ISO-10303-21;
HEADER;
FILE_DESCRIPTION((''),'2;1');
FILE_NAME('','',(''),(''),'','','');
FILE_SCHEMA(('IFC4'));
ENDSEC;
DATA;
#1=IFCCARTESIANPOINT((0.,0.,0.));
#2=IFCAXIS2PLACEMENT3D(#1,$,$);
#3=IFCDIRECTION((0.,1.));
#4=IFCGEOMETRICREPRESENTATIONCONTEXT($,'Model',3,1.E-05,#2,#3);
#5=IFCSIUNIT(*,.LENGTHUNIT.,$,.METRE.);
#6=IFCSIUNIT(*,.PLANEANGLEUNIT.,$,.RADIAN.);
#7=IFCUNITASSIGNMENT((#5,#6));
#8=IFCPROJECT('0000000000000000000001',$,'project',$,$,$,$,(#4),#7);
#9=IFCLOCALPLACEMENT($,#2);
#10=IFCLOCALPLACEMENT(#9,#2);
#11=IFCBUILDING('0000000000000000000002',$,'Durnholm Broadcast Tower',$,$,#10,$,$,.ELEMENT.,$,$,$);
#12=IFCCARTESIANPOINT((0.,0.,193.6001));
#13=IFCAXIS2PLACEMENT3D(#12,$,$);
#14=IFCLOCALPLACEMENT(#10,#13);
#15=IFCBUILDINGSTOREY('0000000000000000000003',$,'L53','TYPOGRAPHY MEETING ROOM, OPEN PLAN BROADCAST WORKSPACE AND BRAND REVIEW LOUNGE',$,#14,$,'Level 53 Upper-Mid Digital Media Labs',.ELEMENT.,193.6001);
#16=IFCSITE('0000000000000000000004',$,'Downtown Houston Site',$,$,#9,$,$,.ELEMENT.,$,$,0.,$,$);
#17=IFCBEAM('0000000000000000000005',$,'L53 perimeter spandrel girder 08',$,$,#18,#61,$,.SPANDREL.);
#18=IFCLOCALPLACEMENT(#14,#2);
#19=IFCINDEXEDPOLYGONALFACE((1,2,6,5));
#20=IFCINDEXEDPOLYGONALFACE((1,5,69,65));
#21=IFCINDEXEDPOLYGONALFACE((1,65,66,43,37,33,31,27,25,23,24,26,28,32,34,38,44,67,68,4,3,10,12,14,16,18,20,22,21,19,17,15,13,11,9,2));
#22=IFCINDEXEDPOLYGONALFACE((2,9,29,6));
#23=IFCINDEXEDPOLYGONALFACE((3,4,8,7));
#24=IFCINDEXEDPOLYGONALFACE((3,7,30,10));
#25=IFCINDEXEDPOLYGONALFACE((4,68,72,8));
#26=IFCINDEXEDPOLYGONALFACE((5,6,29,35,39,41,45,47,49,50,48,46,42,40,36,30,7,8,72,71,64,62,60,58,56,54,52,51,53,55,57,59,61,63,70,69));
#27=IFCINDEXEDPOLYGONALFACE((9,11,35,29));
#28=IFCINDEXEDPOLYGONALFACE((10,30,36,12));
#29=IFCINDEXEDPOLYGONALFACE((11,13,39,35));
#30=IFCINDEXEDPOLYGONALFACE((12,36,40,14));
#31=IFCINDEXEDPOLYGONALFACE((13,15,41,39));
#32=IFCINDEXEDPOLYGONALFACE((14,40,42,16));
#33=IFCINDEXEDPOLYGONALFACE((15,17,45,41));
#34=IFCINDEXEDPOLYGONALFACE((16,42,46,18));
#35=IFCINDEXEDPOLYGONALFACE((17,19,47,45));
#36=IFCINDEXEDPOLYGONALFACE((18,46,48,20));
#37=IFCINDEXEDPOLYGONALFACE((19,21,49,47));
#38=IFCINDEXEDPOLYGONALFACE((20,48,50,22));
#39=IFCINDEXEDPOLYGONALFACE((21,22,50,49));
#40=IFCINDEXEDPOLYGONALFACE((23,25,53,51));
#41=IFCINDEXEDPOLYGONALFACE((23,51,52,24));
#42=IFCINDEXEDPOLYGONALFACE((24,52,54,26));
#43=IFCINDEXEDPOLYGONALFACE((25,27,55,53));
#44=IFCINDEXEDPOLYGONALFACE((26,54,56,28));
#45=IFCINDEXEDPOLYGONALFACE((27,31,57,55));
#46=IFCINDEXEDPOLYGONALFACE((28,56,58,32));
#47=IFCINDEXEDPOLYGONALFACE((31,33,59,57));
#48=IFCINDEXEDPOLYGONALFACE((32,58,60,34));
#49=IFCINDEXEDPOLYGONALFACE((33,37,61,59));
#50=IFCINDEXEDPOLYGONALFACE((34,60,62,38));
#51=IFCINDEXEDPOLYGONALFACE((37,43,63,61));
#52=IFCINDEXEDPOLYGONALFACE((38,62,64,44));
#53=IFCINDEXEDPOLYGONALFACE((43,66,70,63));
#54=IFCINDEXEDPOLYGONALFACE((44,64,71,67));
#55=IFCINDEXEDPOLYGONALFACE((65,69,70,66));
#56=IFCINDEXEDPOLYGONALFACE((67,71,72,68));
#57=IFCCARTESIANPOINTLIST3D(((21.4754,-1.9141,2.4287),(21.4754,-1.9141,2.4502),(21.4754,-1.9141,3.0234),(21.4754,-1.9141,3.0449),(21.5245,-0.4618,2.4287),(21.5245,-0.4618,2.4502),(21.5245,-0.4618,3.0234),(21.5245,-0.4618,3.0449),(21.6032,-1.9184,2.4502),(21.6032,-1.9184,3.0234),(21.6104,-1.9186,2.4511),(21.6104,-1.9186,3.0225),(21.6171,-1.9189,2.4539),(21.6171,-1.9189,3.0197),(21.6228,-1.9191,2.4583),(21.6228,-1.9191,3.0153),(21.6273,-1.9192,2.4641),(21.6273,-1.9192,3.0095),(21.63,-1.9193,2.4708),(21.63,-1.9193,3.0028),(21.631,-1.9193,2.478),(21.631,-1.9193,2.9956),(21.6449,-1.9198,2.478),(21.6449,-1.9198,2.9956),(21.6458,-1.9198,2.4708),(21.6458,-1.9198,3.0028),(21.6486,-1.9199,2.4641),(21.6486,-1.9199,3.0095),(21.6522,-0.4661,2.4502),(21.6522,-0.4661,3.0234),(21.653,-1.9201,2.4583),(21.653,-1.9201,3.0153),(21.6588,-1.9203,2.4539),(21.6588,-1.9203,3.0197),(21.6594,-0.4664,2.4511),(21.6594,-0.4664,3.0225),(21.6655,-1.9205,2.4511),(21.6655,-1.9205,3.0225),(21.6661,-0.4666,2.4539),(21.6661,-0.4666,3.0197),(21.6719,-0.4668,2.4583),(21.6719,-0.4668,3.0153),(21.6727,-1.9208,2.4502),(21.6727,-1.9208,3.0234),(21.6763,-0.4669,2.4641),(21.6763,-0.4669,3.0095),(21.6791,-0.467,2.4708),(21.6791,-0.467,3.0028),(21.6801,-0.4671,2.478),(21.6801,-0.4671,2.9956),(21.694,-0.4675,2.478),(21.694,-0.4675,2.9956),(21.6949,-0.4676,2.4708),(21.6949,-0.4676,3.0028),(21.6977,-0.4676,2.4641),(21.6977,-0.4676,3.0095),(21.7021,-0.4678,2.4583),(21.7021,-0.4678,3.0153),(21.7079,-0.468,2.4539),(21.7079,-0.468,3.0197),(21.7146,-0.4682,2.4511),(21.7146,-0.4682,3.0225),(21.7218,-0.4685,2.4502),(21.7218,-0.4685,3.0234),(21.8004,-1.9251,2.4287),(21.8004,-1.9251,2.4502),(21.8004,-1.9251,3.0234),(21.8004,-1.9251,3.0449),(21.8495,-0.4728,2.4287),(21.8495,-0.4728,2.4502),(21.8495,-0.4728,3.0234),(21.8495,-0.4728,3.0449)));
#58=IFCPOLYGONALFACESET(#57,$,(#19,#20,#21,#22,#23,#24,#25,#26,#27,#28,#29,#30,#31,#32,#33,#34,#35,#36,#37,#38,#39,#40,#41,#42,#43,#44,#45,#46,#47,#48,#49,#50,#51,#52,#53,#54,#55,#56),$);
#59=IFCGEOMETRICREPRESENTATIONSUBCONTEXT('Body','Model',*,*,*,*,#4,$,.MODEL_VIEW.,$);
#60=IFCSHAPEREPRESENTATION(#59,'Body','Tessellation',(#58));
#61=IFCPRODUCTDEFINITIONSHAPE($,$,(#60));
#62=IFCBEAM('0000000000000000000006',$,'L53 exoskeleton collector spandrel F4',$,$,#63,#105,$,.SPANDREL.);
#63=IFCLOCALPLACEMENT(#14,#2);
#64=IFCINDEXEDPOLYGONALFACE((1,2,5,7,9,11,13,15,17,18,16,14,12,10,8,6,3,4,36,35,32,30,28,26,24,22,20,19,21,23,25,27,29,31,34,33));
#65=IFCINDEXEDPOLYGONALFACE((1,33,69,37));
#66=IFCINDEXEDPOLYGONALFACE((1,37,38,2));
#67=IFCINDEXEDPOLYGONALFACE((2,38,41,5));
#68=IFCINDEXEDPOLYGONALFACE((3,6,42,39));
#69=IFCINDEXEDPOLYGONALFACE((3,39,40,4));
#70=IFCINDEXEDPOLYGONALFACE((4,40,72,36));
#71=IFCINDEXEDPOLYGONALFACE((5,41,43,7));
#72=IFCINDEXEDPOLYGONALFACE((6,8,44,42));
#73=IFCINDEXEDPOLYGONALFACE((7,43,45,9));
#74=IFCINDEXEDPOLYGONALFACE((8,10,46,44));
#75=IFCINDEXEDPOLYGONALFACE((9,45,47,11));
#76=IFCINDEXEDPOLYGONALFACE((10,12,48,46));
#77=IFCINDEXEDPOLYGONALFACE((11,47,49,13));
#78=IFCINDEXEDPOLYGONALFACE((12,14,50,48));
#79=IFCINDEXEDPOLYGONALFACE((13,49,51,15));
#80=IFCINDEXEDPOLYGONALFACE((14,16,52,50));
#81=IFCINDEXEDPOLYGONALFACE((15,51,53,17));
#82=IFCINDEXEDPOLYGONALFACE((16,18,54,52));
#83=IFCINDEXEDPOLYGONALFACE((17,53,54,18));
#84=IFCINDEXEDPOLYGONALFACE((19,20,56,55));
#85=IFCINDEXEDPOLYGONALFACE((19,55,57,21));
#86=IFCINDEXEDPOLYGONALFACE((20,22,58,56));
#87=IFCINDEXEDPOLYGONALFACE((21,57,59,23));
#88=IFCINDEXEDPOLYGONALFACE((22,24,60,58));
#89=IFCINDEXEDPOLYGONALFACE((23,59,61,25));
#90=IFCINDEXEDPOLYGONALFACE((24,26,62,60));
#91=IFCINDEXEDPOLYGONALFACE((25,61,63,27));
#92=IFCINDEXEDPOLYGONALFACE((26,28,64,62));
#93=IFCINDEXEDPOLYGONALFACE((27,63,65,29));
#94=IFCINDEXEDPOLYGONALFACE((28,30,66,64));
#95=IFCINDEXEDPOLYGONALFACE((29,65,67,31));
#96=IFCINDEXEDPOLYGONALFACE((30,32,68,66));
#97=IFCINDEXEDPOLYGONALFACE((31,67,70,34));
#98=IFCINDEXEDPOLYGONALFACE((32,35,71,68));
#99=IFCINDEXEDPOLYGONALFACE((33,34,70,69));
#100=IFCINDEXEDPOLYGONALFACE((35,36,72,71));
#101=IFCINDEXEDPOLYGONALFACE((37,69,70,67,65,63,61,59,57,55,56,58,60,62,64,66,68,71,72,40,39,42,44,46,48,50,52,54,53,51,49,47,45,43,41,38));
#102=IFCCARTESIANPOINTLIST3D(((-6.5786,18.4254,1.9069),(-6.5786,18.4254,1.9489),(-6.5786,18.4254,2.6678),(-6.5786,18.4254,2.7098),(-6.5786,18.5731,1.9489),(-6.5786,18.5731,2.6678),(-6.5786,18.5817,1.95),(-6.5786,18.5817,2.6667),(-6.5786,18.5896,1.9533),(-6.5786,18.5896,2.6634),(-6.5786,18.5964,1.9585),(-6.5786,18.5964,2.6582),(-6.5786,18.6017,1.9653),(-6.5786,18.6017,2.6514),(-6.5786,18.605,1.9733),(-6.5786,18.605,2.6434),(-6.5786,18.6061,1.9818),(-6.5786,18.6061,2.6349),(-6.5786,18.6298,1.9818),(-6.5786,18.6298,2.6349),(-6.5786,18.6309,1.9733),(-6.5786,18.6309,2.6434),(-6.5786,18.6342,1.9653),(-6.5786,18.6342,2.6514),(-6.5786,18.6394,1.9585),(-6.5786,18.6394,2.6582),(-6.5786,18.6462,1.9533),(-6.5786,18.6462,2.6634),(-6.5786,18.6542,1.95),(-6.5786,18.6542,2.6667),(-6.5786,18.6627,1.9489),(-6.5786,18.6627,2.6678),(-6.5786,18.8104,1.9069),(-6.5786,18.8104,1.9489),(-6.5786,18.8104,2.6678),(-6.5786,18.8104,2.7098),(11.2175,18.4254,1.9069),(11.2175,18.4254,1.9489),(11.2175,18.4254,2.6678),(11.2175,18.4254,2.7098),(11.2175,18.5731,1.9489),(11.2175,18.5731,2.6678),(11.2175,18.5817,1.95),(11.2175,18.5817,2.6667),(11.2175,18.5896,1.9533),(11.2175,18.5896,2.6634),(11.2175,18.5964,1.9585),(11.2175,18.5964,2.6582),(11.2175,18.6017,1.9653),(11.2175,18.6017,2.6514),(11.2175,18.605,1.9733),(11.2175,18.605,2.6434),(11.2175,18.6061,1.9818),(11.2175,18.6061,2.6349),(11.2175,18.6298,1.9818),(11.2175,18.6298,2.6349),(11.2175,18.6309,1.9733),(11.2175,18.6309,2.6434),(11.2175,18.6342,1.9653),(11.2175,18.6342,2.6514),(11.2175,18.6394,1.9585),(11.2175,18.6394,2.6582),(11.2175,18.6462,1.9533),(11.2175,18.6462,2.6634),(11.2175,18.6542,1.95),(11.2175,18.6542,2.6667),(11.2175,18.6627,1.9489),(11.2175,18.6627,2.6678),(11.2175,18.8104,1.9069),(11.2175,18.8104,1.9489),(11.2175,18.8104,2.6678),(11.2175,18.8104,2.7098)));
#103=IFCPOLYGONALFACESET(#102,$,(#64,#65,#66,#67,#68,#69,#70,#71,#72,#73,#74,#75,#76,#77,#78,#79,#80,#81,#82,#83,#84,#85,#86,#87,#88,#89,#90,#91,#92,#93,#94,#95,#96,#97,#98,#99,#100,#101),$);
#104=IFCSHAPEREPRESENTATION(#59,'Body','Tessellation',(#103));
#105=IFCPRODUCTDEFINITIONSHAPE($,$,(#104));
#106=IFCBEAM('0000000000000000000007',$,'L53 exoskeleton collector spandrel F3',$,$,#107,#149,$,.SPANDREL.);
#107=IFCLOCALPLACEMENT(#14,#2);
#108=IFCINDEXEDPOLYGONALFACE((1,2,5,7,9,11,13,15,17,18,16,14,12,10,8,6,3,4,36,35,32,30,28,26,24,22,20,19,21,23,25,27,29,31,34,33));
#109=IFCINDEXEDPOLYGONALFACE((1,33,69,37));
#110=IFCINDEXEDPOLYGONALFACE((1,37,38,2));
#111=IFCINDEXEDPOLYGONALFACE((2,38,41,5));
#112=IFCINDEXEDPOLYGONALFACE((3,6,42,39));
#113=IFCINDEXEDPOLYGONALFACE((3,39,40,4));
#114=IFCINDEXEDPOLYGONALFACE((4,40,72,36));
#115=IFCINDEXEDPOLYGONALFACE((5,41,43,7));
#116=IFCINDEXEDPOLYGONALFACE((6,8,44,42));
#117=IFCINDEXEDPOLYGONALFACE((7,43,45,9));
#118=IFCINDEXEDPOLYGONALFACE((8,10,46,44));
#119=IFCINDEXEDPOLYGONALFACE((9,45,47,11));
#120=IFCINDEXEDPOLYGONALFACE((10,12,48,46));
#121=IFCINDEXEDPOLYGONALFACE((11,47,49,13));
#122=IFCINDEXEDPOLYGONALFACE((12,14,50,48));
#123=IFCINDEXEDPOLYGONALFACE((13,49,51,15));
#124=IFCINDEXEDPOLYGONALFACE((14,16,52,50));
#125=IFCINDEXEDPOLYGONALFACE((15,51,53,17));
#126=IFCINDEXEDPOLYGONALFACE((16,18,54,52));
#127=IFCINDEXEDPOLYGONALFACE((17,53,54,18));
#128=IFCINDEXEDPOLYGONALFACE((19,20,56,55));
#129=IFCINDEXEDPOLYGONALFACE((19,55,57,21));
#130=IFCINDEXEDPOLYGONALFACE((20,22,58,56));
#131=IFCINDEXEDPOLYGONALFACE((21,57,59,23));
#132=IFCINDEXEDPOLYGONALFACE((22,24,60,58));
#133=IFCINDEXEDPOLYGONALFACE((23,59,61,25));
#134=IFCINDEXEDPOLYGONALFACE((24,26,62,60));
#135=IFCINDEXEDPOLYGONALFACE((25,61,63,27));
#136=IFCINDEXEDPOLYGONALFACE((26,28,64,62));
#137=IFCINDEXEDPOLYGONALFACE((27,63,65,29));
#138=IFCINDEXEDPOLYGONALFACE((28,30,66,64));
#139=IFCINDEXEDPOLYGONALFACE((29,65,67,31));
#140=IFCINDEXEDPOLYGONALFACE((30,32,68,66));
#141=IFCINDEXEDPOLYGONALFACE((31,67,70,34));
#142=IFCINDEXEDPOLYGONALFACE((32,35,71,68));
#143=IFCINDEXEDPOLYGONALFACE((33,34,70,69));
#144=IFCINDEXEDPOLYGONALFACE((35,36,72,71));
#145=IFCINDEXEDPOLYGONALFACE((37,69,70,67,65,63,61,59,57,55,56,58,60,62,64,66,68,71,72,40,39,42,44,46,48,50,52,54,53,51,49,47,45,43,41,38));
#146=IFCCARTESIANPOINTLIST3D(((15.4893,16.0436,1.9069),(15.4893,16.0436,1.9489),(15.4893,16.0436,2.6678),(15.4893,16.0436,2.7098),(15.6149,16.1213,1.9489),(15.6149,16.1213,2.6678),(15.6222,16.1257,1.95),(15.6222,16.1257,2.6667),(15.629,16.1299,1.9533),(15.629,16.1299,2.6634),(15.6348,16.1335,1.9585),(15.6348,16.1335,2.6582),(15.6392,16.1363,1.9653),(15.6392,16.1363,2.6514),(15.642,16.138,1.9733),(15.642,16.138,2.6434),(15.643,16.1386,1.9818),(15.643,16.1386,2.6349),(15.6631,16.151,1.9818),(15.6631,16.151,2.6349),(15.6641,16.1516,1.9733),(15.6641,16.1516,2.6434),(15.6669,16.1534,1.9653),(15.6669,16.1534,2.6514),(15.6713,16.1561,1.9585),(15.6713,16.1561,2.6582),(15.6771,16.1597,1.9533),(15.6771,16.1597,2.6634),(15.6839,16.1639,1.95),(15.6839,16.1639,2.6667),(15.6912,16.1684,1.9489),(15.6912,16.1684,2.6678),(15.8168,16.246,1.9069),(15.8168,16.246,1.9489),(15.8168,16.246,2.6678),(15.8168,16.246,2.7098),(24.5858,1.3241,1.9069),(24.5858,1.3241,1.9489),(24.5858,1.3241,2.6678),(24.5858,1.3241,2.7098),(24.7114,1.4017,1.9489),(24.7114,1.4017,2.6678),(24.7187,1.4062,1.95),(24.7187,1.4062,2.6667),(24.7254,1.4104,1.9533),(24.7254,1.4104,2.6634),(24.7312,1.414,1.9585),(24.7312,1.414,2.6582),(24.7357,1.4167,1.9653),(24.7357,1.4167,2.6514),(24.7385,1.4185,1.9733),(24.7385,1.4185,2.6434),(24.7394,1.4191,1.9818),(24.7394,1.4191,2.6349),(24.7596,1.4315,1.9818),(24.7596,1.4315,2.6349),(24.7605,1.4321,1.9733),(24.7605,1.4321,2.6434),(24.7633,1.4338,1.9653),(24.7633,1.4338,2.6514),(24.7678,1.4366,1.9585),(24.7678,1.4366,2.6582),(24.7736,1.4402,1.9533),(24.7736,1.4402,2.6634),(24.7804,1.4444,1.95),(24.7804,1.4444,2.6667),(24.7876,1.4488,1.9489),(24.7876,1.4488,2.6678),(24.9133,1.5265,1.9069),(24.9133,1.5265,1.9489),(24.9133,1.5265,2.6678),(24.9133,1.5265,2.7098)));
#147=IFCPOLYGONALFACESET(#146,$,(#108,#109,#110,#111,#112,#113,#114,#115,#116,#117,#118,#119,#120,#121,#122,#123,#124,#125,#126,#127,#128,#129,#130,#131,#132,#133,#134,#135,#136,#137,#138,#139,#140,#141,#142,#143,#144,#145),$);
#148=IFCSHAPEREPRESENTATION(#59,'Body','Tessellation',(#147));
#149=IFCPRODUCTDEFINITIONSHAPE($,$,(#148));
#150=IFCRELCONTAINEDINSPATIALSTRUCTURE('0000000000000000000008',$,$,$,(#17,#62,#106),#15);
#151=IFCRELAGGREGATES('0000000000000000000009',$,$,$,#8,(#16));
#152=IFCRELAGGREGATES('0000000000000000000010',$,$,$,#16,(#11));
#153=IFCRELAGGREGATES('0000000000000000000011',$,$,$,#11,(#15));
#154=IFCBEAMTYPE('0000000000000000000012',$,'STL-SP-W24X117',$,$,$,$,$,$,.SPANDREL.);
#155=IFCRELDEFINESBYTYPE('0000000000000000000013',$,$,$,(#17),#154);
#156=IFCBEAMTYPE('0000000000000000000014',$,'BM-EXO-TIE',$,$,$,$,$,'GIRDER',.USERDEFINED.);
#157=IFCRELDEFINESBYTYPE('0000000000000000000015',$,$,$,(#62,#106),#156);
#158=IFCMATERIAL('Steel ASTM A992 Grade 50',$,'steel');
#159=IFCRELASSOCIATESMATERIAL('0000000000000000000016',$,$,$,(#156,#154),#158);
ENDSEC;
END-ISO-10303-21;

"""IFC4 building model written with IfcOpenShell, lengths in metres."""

from ifc_helpers import new_model, si_unit, direction, frame, origin, origin_2d, place, context, subcontext, project, spatial, i_section, extrude, source, transform, mapped, material, material_profile, profile_set, type_object, element, save


model = new_model("IFC4")

# Units and contexts
model_context = context("Model", 3, precision=1e-05, world=origin(), true_north=direction((0.0, 1.0)))
body_context = subcontext(model_context, "Body", "Model", "MODEL_VIEW")
ifc_project = project(units=[si_unit("LENGTHUNIT", "METRE"), si_unit("PLANEANGLEUNIT", "RADIAN")], contexts=[model_context])

# Site, building, storey
site_placement = place(None, origin())
site = spatial("IfcSite", under=ifc_project, at=site_placement, Name="Downtown Houston Site", CompositionType="ELEMENT", RefElevation=0.0)
building_placement = place(site_placement, origin())
building = spatial("IfcBuilding", under=site, at=building_placement, Name="Durnholm Broadcast Tower", CompositionType="ELEMENT")
storey_placement = place(building_placement, frame((0.0, 0.0, 193.6001)))
storey = spatial("IfcBuildingStorey", under=building, at=storey_placement, Name="L53", Description="TYPOGRAPHY MEETING ROOM, OPEN PLAN BROADCAST WORKSPACE AND BRAND REVIEW LOUNGE", LongName="Level 53 Upper-Mid Digital Media Labs", CompositionType="ELEMENT", Elevation=193.6001)

# Beams
ifc_material_1 = material(Name="Steel ASTM A992 Grade 50", Category="steel")
ifc_material_profile_1 = material_profile(ifc_material_1, i_section(OverallWidth=0.385, OverallDepth=0.803, WebThickness=0.0237, FlangeThickness=0.042, FilletRadius=0.033, at=origin_2d()), Name="W30X261")
ifc_profile_set_1 = profile_set([ifc_material_profile_1], Name="Steel ASTM A992 Grade 50")
beam_type_1 = type_object("IfcBeamType", Name="BM-EXO-TIE", ElementType="GIRDER", PredefinedType="USERDEFINED", material=ifc_profile_set_1)
ifc_material_profile_2 = material_profile(ifc_material_1, i_section(OverallWidth=0.3252, OverallDepth=0.6162, WebThickness=0.0139, FlangeThickness=0.0215, FilletRadius=0.0278, at=origin_2d()), Name="W24X117")
ifc_profile_set_2 = profile_set([ifc_material_profile_2], Name="Steel ASTM A992 Grade 50")
beam_type_2 = type_object("IfcBeamType", Name="STL-SP-W24X117", PredefinedType="SPANDREL", material=ifc_profile_set_2)
shared_shape_1 = source(origin(), body_context, "Body", "SweptSolid", [
    extrude(i_section(OverallWidth=0.3252, OverallDepth=0.6162, WebThickness=0.0139, FlangeThickness=0.0215, FilletRadius=0.0278, at=origin_2d()), origin(), (0.0, 0.0, 1.0), 1.4531),
])
beam_1_placement = place(storey_placement, frame((21.687, -0.4673, 2.7368), z_axis=(-0.033768, -0.99943, 0.0), x_axis=(0.99943, -0.033768, 0.0)))
element("IfcBeam", 1, at=beam_1_placement, inside=storey, type_object=beam_type_2, Name="L53 perimeter spandrel girder 08", PredefinedType="SPANDREL", context=body_context, shape_type="MappedRepresentation", body=[
    mapped(shared_shape_1, transform((0.0, 0.0, 0.0), x_axis=(1.0, 0.0, 0.0), y_axis=(0.0, 1.0, 0.0), z_axis=(0.0, 0.0, 1.0), scale=1.0)),
])
shared_shape_2 = source(origin(), body_context, "Body", "SweptSolid", [
    extrude(i_section(OverallWidth=0.385, OverallDepth=0.803, WebThickness=0.0237, FlangeThickness=0.042, FilletRadius=0.033, at=origin_2d()), origin(), (0.0, 0.0, 1.0), 17.7961),
])
beam_2_placement = place(storey_placement, frame((11.2175, 18.6179, 2.3083), z_axis=(-1.0, 0.0, 0.0), x_axis=(0.0, -1.0, 0.0)))
element("IfcBeam", 2, at=beam_2_placement, inside=storey, type_object=beam_type_1, Name="L53 exoskeleton collector spandrel F4", PredefinedType="SPANDREL", context=body_context, shape_type="MappedRepresentation", body=[
    mapped(shared_shape_2, transform((0.0, 0.0, 0.0), x_axis=(1.0, 0.0, 0.0), y_axis=(0.0, 1.0, 0.0), z_axis=(0.0, 0.0, 1.0), scale=1.0)),
])
shared_shape_3 = source(origin(), body_context, "Body", "SweptSolid", [
    extrude(i_section(OverallWidth=0.385, OverallDepth=0.803, WebThickness=0.0237, FlangeThickness=0.042, FilletRadius=0.033, at=origin_2d()), origin(), (0.0, 0.0, 1.0), 17.3035),
])
beam_3_placement = place(storey_placement, frame((24.7495, 1.4253, 2.3083), z_axis=(-0.525702, 0.850669, 0.0), x_axis=(-0.850669, -0.525702, 0.0)))
element("IfcBeam", 3, at=beam_3_placement, inside=storey, type_object=beam_type_1, Name="L53 exoskeleton collector spandrel F3", PredefinedType="SPANDREL", context=body_context, shape_type="MappedRepresentation", body=[
    mapped(shared_shape_3, transform((0.0, 0.0, 0.0), x_axis=(1.0, 0.0, 0.0), y_axis=(0.0, 1.0, 0.0), z_axis=(0.0, 0.0, 1.0), scale=1.0)),
])

save(model, "model.ifc")
